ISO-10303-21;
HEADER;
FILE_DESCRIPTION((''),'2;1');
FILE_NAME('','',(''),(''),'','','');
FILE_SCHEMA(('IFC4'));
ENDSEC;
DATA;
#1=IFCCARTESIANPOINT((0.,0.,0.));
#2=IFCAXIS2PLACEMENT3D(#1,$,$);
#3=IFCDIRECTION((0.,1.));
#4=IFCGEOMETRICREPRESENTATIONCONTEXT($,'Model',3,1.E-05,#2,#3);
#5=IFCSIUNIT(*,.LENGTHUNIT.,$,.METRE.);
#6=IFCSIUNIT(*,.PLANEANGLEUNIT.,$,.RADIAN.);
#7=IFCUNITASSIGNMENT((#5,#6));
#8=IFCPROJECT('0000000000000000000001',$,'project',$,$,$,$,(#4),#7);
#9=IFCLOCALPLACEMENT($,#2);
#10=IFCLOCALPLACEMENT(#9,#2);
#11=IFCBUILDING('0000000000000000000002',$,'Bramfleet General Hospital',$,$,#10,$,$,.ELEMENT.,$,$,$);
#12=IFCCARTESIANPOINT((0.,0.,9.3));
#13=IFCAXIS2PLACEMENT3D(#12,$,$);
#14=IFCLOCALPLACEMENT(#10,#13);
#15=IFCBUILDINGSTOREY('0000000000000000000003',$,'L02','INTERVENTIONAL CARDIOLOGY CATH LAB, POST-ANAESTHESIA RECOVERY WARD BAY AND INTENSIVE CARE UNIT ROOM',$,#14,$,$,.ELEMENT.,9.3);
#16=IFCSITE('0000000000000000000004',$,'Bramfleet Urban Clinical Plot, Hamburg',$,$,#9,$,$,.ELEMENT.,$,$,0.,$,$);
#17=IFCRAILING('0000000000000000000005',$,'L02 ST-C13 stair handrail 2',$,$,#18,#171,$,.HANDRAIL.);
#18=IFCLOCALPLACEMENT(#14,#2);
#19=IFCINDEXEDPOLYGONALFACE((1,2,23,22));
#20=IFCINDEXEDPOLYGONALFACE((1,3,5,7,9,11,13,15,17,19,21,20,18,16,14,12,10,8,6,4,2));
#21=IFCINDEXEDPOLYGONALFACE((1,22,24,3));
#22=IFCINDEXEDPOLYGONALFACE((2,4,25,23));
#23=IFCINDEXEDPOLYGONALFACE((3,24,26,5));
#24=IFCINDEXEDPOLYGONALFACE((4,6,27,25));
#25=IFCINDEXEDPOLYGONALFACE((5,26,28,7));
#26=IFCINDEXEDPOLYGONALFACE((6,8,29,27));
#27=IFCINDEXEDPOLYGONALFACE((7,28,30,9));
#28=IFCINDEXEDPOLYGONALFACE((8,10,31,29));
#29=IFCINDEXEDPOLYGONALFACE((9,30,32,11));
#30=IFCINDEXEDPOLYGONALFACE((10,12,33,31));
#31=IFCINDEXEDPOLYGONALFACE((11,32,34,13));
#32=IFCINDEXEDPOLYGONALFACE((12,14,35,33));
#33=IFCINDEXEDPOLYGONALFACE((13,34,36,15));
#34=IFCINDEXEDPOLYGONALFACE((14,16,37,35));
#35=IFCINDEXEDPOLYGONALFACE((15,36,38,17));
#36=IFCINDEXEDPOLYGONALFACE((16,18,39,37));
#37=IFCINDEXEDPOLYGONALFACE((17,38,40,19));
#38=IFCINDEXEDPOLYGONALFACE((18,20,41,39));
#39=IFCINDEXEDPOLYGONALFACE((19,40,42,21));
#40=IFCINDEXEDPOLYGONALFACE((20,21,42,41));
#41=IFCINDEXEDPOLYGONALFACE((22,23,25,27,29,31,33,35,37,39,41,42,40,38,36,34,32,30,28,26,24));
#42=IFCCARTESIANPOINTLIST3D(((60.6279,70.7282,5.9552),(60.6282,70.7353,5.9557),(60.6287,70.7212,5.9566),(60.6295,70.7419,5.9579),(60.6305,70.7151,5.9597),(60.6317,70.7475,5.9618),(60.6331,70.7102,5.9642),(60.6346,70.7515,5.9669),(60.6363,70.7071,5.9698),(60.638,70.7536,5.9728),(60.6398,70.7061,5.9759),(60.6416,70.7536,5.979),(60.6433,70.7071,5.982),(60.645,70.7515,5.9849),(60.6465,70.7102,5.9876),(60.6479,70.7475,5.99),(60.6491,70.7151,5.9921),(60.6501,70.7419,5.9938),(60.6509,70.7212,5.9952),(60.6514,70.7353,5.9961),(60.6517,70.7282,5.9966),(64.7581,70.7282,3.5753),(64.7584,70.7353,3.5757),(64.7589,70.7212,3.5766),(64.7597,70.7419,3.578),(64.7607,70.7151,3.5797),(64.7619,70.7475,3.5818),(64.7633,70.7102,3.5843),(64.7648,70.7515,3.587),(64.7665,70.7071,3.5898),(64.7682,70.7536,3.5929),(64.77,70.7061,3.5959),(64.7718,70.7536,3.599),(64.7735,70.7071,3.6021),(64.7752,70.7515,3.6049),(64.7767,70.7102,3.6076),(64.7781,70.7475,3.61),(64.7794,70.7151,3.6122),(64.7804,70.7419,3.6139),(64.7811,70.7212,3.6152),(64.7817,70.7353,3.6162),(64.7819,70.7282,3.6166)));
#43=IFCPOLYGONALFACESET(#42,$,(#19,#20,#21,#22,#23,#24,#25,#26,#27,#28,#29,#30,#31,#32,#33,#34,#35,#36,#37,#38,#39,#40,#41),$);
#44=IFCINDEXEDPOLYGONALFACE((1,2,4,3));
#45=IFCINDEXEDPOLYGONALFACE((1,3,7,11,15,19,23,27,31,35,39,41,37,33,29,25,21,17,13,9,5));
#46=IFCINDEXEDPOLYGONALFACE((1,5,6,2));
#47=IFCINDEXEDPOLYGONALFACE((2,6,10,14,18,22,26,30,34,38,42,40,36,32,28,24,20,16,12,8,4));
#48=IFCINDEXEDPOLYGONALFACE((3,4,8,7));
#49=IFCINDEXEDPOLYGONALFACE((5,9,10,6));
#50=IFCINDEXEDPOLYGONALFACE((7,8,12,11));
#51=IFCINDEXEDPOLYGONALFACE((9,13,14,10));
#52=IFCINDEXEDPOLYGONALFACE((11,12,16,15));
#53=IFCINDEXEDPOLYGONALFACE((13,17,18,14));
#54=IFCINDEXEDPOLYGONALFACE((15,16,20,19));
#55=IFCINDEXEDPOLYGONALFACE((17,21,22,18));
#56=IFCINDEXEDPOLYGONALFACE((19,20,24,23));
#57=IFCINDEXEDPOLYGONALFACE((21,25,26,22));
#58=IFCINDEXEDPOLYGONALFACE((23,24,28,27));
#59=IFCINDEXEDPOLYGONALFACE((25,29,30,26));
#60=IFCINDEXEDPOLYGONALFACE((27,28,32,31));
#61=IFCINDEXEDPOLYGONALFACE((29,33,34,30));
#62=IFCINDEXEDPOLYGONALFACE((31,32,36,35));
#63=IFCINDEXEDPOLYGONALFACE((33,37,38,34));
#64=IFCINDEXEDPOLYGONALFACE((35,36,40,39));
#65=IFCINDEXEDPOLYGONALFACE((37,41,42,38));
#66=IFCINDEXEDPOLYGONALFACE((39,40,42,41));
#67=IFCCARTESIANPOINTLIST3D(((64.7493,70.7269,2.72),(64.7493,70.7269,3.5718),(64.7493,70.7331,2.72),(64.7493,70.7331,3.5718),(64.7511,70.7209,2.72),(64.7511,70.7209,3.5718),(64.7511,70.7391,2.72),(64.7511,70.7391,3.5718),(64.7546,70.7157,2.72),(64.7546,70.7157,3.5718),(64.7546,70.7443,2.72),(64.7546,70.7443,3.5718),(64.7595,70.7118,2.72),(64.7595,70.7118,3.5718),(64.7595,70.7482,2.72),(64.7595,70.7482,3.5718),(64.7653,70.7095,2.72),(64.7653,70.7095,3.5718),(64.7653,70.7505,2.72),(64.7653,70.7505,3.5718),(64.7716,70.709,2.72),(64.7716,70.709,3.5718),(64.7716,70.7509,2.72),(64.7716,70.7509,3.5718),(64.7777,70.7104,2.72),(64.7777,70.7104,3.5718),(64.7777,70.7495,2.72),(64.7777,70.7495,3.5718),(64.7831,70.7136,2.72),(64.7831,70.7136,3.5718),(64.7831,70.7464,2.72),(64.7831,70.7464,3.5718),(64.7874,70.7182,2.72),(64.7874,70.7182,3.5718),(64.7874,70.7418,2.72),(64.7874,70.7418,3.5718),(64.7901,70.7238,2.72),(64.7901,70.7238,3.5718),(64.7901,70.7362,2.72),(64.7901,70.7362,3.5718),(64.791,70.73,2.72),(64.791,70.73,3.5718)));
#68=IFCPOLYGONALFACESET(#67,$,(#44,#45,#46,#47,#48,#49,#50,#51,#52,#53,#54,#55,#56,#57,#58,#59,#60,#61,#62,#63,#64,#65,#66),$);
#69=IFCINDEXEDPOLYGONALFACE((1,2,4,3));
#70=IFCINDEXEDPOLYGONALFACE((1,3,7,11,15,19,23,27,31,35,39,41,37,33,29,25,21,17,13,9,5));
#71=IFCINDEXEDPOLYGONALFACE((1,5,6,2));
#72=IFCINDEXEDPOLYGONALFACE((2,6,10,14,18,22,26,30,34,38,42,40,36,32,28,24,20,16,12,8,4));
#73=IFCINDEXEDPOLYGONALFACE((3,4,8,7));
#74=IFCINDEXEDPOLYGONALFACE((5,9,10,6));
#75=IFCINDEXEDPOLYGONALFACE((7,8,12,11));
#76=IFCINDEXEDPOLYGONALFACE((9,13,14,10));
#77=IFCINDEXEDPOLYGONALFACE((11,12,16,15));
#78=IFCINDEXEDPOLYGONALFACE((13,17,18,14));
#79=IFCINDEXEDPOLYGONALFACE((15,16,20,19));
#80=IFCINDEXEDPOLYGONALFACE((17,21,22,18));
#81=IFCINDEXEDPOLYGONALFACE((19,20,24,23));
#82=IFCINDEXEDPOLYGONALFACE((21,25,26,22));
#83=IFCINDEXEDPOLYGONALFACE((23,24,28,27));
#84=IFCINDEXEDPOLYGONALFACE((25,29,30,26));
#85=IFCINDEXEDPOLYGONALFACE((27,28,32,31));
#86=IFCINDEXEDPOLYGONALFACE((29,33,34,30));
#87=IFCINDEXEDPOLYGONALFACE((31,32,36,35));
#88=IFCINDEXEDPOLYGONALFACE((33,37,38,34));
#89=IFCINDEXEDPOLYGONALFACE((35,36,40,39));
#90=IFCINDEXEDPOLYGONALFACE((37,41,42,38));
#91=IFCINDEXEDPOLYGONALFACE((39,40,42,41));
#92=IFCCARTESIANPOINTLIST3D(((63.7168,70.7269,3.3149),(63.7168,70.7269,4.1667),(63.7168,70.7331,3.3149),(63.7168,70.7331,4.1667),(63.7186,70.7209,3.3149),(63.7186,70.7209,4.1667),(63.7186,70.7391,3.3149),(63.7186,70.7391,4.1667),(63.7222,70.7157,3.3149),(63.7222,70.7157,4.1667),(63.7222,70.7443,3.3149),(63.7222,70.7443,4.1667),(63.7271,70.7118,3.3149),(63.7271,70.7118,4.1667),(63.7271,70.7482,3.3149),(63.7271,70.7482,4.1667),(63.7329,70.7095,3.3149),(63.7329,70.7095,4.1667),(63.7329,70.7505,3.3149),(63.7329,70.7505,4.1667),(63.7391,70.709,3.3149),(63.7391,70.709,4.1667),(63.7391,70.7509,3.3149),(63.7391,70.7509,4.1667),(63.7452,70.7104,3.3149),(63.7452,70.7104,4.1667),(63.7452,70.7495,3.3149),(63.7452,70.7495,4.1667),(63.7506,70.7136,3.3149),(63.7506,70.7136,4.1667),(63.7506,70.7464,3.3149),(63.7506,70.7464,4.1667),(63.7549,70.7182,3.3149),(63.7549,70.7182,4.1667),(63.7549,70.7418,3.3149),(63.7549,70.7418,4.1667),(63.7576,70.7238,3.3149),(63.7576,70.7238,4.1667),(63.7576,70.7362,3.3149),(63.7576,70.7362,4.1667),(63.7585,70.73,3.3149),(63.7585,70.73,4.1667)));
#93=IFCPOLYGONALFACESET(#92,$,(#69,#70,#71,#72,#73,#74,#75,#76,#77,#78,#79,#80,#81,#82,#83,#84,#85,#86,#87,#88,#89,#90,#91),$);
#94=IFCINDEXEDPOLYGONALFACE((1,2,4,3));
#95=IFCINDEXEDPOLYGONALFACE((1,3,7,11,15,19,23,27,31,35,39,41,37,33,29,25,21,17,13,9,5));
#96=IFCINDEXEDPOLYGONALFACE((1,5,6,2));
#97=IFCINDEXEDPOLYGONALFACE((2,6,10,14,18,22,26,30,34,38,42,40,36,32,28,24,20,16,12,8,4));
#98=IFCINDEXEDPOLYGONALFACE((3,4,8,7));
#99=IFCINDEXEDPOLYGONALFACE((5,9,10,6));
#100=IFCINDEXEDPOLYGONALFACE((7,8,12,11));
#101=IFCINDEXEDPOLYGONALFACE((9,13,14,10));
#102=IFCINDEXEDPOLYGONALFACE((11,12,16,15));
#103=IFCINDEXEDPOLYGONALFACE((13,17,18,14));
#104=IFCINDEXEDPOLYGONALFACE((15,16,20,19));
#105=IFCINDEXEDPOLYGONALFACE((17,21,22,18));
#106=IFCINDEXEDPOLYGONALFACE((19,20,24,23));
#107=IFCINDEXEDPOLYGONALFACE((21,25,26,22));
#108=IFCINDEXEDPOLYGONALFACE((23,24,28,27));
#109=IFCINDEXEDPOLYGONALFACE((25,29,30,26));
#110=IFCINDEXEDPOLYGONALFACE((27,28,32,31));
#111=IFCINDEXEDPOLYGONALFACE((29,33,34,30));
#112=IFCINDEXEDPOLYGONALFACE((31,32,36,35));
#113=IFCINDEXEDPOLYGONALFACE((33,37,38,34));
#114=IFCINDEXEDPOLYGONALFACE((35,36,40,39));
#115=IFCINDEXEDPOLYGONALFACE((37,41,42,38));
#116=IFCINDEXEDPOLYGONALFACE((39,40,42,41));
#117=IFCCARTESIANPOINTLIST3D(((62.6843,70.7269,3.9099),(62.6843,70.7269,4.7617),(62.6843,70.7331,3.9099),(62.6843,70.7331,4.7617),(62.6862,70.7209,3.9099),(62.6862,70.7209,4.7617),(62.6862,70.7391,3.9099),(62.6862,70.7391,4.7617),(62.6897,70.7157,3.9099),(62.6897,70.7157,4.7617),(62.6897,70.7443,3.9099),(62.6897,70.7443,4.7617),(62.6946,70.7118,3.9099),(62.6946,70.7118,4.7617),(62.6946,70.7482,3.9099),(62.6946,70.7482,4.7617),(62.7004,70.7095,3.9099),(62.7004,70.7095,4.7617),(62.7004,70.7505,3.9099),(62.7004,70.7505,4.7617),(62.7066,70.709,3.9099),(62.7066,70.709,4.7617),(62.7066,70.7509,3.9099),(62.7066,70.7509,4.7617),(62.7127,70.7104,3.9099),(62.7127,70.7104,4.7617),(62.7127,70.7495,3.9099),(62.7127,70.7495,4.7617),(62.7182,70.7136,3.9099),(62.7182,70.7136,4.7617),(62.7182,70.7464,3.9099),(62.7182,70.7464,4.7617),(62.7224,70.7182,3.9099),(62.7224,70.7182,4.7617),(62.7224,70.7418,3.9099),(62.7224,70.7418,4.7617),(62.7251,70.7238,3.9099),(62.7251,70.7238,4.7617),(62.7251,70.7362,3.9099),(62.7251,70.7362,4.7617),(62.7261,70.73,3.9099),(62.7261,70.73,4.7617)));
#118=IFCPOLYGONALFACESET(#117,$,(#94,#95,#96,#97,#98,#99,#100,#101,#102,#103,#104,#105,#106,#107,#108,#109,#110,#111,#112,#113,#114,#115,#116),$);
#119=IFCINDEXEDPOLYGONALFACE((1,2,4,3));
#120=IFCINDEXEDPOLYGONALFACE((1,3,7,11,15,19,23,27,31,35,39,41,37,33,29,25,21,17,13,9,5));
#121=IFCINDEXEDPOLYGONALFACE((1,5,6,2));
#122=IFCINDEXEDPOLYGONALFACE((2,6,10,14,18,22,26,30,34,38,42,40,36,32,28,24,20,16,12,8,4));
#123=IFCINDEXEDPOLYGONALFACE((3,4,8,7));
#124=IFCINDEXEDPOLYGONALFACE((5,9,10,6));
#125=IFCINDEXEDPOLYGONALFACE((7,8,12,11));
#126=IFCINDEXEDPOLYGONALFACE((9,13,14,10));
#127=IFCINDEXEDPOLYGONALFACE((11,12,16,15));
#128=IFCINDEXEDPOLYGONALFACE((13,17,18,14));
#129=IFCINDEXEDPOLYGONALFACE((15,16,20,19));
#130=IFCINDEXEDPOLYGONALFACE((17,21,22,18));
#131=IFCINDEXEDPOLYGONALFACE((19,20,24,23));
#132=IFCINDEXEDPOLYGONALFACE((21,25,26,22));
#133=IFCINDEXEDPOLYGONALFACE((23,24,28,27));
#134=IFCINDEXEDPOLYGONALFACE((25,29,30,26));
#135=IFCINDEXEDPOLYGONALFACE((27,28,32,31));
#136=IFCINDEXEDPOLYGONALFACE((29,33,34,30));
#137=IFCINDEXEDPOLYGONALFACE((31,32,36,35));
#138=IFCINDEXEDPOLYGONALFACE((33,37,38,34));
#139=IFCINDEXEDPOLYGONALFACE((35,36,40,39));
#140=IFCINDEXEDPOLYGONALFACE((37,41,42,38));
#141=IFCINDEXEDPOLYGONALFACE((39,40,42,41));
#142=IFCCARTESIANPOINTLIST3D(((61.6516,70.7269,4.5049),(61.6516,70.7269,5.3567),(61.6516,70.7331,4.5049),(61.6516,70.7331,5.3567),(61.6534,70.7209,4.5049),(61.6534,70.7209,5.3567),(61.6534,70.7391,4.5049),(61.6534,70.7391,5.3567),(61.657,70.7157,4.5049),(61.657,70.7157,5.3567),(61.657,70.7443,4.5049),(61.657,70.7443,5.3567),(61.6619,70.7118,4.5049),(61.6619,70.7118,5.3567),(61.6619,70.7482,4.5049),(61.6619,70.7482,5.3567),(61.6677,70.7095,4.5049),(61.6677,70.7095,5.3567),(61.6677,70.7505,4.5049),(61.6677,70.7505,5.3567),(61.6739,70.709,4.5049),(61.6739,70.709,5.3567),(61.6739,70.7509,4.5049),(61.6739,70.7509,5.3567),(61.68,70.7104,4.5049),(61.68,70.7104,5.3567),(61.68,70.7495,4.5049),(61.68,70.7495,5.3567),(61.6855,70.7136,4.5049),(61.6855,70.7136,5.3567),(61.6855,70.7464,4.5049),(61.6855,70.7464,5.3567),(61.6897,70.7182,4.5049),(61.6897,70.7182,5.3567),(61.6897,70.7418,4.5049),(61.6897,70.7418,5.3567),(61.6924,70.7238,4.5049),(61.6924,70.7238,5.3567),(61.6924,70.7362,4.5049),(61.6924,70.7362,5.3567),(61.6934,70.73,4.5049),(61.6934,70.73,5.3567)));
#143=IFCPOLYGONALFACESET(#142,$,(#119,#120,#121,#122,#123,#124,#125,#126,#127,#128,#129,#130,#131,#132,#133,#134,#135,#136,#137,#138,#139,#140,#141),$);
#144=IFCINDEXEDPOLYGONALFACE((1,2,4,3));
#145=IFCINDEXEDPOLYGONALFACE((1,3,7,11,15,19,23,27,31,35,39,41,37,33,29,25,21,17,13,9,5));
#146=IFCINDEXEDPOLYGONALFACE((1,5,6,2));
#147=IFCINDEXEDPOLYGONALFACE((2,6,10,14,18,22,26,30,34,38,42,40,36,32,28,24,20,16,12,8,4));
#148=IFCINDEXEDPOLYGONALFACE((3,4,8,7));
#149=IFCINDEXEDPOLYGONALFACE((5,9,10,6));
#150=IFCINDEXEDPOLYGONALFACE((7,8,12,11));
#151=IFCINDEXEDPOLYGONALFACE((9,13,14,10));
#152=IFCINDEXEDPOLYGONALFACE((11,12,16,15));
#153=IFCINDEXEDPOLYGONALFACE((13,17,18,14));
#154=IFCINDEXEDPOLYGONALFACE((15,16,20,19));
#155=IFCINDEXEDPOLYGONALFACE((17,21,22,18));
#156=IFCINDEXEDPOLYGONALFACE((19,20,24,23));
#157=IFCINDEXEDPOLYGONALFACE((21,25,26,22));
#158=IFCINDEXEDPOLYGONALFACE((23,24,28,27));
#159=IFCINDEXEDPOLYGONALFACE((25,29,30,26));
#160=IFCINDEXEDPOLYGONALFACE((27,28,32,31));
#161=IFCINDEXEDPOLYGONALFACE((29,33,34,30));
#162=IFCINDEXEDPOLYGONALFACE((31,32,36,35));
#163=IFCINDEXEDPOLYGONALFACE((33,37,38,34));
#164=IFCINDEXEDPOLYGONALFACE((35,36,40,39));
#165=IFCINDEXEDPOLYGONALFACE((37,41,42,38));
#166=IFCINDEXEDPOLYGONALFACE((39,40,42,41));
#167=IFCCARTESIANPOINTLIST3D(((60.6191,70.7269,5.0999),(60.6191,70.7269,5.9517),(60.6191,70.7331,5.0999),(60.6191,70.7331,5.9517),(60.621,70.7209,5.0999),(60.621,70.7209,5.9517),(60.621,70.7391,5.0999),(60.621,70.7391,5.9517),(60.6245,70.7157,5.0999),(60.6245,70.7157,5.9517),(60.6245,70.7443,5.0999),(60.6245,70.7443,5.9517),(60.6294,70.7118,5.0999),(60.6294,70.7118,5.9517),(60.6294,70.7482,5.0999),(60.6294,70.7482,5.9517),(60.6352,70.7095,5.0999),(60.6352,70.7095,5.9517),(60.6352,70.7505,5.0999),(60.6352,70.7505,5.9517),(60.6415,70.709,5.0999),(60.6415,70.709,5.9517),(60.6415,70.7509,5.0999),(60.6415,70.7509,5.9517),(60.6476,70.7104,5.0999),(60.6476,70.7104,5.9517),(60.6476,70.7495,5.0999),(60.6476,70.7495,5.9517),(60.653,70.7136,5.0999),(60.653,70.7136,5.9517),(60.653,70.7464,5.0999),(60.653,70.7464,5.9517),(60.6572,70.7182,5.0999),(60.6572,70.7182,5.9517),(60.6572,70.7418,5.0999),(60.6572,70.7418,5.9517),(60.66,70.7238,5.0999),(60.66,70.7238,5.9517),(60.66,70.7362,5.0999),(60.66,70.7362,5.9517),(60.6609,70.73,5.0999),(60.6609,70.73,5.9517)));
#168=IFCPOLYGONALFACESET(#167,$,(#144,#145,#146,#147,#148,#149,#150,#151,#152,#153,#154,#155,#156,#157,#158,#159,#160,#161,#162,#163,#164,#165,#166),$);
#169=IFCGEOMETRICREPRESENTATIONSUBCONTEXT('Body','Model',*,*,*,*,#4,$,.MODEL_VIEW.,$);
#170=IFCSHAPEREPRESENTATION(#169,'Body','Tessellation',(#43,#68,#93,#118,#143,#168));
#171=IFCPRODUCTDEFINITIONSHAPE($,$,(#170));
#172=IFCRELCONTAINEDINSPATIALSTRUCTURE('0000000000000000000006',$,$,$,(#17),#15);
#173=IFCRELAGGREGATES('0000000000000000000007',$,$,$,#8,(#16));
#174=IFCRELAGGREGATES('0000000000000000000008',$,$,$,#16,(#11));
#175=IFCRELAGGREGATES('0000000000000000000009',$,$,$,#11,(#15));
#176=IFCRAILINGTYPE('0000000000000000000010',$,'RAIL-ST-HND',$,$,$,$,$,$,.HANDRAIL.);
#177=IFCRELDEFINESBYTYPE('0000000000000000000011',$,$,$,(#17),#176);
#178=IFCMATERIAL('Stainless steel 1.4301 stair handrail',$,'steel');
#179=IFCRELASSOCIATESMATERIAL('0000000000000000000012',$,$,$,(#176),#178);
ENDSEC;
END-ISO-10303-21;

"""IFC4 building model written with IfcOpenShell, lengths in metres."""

from ifc_helpers import new_model, si_unit, direction, frame, origin, origin_2d, place, context, subcontext, project, spatial, circle, extrude, material, type_object, element, save


model = new_model("IFC4")

# Units and contexts
model_context = context("Model", 3, precision=1e-05, world=origin(), true_north=direction((0.0, 1.0)))
body_context = subcontext(model_context, "Body", "Model", "MODEL_VIEW")
ifc_project = project(units=[si_unit("LENGTHUNIT", "METRE"), si_unit("PLANEANGLEUNIT", "RADIAN")], contexts=[model_context])

# Site, building, storey
site_placement = place(None, origin())
site = spatial("IfcSite", under=ifc_project, at=site_placement, Name="Bramfleet Urban Clinical Plot, Hamburg", CompositionType="ELEMENT", RefElevation=0.0)
building_placement = place(site_placement, origin())
building = spatial("IfcBuilding", under=site, at=building_placement, Name="Bramfleet General Hospital", CompositionType="ELEMENT")
storey_placement = place(building_placement, frame((0.0, 0.0, 9.3)))
storey = spatial("IfcBuildingStorey", under=building, at=storey_placement, Name="L02", Description="INTERVENTIONAL CARDIOLOGY CATH LAB, POST-ANAESTHESIA RECOVERY WARD BAY AND INTENSIVE CARE UNIT ROOM", CompositionType="ELEMENT", Elevation=9.3)

# Railing
ifc_material_1 = material(Name="Stainless steel 1.4301 stair handrail", Category="steel")
railing_type_1 = type_object("IfcRailingType", Name="RAIL-ST-HND", PredefinedType="HANDRAIL", material=ifc_material_1)
railing_1_placement = place(storey_placement, frame((64.77, 70.73, 2.72)))
element("IfcRailing", 1, at=railing_1_placement, inside=storey, type_object=railing_type_1, Name="L02 ST-C13 stair handrail 2", PredefinedType="HANDRAIL", context=body_context, shape_type="SweptSolid", body=[
    extrude(circle(Radius=0.0239, at=origin_2d()), frame((0.0, 0.0, 0.876), z_axis=(-0.866447, 0.0, 0.499269), x_axis=(0.0, -1.0, 0.0)), (0.0, 0.0, 1.0), 4.7668),
    extrude(circle(Radius=0.021, at=origin_2d()), origin(), (0.0, 0.0, 1.0), 0.8518),
    extrude(circle(Radius=0.021, at=origin_2d()), frame((-1.0325, 0.0, 0.595)), (0.0, 0.0, 1.0), 0.8518),
    extrude(circle(Radius=0.021, at=origin_2d()), frame((-2.0649, 0.0, 1.1899)), (0.0, 0.0, 1.0), 0.8518),
    extrude(circle(Radius=0.021, at=origin_2d()), frame((-3.0977, 0.0, 1.7849)), (0.0, 0.0, 1.0), 0.8518),
    extrude(circle(Radius=0.021, at=origin_2d()), frame((-4.1301, 0.0, 2.3799)), (0.0, 0.0, 1.0), 0.8518),
])

save(model, "model.ifc")
